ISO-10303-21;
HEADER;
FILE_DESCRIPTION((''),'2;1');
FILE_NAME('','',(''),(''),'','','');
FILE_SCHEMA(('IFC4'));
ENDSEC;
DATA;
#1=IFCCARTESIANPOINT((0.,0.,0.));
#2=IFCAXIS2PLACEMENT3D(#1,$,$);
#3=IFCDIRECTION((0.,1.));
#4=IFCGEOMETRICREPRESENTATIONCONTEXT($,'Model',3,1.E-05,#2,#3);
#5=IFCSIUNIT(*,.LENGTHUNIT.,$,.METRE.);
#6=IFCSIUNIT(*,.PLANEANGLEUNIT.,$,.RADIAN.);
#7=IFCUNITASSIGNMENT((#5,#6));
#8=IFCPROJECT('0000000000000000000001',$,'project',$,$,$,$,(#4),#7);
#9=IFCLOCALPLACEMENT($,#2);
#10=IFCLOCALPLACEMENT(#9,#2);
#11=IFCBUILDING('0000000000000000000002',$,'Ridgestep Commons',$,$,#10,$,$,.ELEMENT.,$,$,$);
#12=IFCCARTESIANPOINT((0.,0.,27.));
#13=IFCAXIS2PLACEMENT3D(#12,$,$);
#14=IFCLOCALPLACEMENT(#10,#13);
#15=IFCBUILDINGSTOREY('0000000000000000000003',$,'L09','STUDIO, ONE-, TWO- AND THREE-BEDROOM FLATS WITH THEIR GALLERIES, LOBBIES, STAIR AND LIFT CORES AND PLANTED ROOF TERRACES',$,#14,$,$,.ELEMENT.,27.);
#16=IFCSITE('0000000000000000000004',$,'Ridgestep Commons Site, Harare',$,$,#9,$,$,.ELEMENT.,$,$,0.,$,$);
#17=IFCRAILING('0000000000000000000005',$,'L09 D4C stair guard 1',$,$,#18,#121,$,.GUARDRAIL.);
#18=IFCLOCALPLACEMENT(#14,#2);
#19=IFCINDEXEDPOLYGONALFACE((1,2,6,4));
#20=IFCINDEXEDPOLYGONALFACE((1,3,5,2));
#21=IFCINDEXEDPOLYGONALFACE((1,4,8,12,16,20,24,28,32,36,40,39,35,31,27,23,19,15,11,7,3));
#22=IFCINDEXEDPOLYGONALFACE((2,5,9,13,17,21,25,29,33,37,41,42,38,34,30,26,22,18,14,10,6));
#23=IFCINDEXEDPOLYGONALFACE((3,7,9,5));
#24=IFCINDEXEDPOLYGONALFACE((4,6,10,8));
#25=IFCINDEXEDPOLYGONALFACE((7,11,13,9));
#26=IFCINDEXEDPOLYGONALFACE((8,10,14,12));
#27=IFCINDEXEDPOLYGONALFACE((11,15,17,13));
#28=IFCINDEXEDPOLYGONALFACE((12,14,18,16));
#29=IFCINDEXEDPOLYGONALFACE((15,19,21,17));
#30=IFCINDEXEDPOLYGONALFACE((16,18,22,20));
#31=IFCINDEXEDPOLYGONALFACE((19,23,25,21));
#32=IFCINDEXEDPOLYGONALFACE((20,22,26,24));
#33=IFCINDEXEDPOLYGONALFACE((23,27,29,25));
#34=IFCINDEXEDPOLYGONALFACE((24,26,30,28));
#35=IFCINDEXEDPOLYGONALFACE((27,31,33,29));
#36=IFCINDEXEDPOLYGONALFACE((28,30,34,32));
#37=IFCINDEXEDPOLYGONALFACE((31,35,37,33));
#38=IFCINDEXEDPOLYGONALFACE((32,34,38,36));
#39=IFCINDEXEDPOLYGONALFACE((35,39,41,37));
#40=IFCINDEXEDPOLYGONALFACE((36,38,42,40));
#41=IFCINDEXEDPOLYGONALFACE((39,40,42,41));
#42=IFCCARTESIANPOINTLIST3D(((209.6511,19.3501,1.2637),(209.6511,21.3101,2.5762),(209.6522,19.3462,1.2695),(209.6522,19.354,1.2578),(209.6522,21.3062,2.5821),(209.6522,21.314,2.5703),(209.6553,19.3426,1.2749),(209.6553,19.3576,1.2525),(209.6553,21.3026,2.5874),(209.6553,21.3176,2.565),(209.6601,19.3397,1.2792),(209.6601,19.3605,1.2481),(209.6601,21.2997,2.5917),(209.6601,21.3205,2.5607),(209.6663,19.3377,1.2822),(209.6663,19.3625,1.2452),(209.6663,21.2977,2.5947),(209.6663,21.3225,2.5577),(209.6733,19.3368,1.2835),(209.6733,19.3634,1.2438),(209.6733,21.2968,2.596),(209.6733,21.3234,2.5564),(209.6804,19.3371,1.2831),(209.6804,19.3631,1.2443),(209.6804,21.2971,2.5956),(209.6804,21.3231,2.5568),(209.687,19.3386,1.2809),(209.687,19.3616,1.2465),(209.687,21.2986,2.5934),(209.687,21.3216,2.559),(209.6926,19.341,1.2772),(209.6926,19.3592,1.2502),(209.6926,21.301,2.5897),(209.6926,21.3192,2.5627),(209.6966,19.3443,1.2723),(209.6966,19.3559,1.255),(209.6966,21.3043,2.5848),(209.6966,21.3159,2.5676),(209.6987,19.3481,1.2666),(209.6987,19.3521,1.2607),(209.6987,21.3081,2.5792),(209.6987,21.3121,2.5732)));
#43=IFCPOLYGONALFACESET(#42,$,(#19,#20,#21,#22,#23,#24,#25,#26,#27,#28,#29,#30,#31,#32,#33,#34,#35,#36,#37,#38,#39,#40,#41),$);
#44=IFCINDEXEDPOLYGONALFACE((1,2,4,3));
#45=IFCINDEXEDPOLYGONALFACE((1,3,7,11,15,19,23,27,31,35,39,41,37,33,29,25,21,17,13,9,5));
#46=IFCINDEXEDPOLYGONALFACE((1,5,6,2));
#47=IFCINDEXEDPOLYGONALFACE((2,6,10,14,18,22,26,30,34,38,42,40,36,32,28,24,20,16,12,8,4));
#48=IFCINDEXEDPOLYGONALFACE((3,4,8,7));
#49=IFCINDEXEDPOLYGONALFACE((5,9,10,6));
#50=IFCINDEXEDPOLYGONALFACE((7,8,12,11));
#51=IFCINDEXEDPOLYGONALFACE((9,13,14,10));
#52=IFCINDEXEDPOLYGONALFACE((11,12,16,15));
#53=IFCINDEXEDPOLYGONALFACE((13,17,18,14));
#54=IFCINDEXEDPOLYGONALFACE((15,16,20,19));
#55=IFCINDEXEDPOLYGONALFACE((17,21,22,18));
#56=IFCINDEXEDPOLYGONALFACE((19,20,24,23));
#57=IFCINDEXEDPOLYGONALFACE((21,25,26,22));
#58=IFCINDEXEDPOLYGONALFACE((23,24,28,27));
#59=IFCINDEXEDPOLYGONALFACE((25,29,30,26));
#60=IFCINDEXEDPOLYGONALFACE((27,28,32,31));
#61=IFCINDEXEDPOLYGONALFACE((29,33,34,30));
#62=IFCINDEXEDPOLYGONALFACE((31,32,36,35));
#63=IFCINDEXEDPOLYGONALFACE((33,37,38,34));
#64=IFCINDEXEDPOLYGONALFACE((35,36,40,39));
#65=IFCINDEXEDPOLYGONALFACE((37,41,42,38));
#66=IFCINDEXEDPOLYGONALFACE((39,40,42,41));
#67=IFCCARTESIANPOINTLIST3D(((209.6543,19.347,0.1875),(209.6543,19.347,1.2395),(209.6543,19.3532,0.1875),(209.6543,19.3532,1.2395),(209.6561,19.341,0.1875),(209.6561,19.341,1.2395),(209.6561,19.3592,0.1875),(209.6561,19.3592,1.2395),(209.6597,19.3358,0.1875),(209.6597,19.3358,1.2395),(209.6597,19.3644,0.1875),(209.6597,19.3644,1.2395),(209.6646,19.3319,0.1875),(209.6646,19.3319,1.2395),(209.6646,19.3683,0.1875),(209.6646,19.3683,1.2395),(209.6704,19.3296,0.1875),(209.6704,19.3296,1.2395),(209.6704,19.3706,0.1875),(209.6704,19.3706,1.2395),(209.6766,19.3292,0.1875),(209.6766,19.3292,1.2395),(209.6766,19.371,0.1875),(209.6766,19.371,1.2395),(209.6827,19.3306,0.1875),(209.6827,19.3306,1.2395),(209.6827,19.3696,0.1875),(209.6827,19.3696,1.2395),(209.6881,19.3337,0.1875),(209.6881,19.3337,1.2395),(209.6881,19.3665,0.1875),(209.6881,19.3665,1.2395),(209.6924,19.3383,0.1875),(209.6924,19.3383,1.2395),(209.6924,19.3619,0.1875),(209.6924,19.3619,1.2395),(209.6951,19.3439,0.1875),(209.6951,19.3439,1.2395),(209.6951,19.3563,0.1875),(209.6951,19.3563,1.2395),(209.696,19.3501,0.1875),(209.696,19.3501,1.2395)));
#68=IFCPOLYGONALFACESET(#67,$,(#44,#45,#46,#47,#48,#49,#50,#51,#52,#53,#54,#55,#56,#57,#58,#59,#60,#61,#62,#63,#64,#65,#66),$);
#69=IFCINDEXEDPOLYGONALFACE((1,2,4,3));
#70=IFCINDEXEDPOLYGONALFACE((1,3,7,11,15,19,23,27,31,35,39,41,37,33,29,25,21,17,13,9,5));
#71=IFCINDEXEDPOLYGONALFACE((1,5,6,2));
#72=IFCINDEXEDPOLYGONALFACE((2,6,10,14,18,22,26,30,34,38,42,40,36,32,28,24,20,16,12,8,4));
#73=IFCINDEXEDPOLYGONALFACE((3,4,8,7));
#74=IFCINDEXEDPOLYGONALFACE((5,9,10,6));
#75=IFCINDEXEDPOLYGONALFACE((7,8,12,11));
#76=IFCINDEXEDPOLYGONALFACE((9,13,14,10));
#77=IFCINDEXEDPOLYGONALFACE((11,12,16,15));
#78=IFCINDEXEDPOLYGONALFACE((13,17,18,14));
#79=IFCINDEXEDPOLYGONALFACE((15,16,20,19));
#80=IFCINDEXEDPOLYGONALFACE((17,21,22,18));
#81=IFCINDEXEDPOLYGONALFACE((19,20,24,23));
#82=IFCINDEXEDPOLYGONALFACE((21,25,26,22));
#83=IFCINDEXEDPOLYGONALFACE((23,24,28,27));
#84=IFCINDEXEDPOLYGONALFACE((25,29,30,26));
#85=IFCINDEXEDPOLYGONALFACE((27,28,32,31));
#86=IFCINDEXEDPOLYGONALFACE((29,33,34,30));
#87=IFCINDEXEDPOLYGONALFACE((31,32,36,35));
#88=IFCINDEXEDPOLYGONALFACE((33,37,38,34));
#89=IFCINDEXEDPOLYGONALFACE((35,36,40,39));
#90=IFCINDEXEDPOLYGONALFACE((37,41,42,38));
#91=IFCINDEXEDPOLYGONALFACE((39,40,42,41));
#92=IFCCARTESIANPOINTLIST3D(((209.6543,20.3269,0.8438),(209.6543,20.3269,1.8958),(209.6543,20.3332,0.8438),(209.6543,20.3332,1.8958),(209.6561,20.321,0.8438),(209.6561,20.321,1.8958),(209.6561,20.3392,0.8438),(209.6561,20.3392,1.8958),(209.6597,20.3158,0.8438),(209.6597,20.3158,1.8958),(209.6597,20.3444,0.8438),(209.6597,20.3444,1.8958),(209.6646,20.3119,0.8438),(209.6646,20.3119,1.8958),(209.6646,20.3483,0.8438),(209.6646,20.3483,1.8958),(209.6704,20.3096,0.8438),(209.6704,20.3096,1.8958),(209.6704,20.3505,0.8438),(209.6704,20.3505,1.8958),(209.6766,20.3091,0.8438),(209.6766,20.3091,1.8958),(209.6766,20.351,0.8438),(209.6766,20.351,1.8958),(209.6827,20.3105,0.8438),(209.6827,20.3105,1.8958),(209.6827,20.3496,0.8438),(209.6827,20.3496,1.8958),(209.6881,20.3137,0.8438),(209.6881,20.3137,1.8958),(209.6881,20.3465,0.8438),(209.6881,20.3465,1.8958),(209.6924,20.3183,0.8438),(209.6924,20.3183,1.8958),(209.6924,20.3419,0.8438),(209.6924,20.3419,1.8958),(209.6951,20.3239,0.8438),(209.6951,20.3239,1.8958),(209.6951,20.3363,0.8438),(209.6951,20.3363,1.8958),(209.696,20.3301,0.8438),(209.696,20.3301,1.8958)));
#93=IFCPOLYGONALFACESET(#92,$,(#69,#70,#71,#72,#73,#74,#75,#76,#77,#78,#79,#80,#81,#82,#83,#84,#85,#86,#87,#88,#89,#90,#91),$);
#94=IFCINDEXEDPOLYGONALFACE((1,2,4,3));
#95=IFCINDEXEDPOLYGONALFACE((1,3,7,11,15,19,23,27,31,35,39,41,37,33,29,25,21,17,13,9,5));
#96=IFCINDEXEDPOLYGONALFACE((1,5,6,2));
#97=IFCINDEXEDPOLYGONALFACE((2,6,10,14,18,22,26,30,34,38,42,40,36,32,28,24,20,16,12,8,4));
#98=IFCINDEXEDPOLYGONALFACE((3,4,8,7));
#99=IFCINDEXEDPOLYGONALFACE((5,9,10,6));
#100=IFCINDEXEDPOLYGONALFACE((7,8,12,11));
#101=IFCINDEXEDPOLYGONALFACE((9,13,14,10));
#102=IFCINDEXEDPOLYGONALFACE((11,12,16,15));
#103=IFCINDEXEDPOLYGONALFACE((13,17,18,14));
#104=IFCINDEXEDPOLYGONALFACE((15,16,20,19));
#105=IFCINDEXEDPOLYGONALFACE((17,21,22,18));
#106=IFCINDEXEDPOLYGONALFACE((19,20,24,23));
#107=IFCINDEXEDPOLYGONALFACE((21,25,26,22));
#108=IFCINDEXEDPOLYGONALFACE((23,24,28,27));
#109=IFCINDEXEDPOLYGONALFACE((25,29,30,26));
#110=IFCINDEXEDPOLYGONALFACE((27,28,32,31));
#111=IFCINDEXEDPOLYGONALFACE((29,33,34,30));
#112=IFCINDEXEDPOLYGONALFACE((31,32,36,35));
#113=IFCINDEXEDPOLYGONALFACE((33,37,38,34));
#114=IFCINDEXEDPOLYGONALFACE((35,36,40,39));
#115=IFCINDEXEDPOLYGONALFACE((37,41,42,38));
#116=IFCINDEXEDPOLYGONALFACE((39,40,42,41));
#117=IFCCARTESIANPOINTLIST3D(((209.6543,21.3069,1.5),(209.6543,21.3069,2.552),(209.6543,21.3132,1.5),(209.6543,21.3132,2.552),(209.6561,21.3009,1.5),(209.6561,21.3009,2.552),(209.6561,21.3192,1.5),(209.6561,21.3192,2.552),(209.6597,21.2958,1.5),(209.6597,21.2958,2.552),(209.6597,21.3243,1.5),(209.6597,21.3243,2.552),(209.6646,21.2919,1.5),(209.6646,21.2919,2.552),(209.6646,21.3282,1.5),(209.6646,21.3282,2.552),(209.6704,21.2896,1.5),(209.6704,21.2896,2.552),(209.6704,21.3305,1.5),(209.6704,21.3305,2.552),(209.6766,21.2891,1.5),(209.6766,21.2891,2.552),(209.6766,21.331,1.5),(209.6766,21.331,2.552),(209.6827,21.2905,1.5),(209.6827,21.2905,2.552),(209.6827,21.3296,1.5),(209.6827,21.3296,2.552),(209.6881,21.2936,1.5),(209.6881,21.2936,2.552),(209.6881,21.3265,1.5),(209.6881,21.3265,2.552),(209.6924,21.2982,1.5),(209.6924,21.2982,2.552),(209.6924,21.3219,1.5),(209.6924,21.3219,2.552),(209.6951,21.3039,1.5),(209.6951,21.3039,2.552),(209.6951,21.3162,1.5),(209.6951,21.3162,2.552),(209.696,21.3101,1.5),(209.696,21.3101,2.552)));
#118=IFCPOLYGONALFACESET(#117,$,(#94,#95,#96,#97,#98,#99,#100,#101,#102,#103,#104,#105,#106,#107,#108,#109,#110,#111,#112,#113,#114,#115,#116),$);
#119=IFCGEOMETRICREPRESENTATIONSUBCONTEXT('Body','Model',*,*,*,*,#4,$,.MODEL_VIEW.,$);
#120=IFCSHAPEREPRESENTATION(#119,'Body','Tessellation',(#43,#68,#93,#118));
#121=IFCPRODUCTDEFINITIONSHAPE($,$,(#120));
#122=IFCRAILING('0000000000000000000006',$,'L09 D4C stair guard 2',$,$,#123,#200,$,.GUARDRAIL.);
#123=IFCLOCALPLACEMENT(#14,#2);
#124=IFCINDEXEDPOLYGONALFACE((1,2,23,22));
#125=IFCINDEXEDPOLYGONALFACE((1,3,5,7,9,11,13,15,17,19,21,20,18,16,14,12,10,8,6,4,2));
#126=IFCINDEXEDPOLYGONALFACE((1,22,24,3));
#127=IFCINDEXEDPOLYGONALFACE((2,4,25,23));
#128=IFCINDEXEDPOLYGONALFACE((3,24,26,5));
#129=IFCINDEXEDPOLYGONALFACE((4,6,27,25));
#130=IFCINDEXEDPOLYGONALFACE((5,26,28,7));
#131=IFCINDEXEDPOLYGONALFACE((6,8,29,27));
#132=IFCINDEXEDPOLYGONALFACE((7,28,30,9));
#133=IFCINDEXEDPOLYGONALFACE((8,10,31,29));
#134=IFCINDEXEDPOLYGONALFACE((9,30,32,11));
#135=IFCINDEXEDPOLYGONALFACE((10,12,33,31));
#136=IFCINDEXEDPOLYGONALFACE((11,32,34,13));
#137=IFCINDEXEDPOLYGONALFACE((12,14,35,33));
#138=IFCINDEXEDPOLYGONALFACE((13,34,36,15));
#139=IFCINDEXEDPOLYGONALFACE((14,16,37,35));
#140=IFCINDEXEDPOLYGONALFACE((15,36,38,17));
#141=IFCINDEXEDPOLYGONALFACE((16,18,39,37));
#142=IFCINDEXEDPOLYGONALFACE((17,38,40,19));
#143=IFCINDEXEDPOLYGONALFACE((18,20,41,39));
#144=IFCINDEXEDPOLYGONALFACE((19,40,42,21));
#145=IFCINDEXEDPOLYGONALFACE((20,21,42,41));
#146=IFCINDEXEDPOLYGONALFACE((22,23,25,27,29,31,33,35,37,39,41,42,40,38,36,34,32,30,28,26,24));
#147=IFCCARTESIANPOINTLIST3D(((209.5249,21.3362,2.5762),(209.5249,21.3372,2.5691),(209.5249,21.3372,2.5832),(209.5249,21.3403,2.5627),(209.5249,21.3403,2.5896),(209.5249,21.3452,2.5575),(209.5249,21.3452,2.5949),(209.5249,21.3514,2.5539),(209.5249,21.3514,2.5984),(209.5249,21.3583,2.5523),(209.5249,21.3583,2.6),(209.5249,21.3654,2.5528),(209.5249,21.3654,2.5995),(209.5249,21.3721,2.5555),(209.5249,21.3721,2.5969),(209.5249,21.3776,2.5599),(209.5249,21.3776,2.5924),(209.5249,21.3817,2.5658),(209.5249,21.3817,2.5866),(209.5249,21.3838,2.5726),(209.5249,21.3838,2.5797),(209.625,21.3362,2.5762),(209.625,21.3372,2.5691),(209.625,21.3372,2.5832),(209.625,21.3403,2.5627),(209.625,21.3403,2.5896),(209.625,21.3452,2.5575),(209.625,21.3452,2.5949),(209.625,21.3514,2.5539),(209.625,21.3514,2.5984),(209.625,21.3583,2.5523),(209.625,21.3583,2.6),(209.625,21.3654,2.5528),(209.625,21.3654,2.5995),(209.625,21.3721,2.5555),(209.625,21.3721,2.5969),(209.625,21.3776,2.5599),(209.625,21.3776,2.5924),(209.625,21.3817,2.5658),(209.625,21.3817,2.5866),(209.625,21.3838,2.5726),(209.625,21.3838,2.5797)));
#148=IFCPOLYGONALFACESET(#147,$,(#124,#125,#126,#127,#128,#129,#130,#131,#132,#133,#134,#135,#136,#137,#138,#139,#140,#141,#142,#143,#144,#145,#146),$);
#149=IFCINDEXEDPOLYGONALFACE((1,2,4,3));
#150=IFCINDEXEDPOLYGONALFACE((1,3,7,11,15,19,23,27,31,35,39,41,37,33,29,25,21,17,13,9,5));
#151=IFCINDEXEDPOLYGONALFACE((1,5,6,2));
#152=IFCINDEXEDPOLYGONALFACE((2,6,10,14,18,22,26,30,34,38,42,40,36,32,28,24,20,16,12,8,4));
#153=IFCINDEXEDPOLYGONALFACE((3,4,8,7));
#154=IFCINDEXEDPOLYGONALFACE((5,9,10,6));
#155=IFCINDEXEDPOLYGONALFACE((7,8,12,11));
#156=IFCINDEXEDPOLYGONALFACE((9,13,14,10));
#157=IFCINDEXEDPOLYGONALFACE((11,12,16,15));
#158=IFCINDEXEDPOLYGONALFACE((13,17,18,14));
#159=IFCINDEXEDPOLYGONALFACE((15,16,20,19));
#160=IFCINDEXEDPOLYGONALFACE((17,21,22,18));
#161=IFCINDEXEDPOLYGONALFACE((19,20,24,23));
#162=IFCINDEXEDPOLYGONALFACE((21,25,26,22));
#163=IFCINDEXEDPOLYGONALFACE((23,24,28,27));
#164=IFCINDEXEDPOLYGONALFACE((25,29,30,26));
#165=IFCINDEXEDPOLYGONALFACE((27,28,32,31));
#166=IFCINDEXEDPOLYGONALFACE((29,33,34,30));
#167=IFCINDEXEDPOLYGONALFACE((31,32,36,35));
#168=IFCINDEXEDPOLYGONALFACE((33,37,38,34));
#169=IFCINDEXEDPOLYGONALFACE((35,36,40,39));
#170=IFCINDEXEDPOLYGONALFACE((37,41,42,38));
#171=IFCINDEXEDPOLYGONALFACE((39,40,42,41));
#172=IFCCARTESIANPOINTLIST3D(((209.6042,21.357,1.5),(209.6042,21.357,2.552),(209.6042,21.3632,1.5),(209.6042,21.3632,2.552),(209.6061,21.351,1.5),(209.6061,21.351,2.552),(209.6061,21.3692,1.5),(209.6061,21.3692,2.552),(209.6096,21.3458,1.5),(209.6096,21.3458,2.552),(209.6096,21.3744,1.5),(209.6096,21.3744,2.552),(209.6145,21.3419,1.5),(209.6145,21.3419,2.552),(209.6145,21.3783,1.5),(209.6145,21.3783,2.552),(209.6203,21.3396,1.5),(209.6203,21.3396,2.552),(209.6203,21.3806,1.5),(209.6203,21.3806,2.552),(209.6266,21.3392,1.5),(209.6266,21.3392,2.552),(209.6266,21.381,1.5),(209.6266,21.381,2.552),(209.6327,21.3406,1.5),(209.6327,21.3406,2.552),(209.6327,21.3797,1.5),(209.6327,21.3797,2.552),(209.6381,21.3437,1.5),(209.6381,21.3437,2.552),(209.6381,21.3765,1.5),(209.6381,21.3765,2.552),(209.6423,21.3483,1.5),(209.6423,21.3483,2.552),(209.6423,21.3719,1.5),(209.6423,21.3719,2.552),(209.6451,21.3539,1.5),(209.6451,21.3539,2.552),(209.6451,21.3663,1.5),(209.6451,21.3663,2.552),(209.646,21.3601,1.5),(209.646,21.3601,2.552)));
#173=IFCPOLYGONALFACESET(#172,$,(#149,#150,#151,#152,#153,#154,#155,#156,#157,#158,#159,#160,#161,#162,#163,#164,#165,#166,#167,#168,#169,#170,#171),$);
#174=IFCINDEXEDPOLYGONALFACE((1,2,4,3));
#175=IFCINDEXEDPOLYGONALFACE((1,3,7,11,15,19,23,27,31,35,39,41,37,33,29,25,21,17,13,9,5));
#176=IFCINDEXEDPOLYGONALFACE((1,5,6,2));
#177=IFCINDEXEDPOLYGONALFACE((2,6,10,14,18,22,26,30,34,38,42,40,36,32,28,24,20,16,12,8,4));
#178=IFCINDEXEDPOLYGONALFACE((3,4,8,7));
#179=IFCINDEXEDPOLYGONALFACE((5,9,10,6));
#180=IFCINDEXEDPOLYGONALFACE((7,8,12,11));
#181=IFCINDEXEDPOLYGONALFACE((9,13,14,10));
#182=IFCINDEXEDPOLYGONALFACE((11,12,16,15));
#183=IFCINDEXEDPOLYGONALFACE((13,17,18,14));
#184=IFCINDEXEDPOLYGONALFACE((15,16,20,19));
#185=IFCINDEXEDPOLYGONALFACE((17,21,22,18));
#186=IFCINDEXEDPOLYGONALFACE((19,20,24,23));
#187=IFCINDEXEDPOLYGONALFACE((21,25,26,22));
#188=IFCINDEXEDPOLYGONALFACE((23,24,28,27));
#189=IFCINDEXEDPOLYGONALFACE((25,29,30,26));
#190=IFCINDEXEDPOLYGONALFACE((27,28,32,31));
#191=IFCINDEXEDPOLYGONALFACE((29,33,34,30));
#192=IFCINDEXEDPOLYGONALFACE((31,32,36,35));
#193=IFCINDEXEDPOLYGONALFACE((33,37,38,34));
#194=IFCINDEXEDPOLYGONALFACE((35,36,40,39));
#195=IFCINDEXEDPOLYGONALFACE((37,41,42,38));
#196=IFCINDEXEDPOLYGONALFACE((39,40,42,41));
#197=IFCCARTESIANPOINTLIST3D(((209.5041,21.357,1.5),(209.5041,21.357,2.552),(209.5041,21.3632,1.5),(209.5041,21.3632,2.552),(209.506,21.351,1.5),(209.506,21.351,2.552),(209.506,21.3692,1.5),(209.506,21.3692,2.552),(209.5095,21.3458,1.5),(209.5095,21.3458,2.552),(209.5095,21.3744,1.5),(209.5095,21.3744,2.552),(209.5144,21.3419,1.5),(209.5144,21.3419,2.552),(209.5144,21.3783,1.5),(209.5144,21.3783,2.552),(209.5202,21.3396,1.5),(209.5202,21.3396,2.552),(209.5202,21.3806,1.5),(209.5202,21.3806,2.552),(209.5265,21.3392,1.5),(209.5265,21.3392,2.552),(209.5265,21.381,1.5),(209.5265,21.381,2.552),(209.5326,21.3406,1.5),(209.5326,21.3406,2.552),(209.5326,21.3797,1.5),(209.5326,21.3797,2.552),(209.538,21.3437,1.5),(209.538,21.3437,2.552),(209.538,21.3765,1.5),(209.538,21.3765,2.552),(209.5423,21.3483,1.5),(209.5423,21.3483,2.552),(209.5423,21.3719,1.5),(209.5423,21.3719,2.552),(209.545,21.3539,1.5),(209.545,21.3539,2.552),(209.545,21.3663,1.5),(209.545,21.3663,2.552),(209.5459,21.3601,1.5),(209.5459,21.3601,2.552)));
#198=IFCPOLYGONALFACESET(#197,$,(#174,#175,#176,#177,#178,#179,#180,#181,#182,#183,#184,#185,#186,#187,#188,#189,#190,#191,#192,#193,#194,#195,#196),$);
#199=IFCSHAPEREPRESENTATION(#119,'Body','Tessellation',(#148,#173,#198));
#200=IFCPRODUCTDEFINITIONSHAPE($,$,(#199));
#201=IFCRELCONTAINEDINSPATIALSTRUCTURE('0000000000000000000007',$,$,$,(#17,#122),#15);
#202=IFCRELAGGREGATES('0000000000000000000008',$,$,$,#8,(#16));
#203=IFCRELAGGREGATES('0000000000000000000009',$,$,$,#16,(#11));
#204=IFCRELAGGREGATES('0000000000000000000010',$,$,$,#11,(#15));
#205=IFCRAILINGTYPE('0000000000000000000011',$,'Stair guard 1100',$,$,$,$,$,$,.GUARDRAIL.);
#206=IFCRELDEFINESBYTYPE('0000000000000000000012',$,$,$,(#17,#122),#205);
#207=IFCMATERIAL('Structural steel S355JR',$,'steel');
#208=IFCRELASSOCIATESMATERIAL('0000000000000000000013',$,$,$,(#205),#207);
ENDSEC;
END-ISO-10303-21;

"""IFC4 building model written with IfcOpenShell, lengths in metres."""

from ifc_helpers import new_model, si_unit, direction, frame, origin, origin_2d, place, context, subcontext, project, spatial, circle, extrude, material, type_object, element, save


model = new_model("IFC4")

# Units and contexts
model_context = context("Model", 3, precision=1e-05, world=origin(), true_north=direction((0.0, 1.0)))
body_context = subcontext(model_context, "Body", "Model", "MODEL_VIEW")
ifc_project = project(units=[si_unit("LENGTHUNIT", "METRE"), si_unit("PLANEANGLEUNIT", "RADIAN")], contexts=[model_context])

# Site, building, storey
site_placement = place(None, origin())
site = spatial("IfcSite", under=ifc_project, at=site_placement, Name="Ridgestep Commons Site, Harare", CompositionType="ELEMENT", RefElevation=0.0)
building_placement = place(site_placement, origin())
building = spatial("IfcBuilding", under=site, at=building_placement, Name="Ridgestep Commons", CompositionType="ELEMENT")
storey_placement = place(building_placement, frame((0.0, 0.0, 27.0)))
storey = spatial("IfcBuildingStorey", under=building, at=storey_placement, Name="L09", Description="STUDIO, ONE-, TWO- AND THREE-BEDROOM FLATS WITH THEIR GALLERIES, LOBBIES, STAIR AND LIFT CORES AND PLANTED ROOF TERRACES", CompositionType="ELEMENT", Elevation=27.0)

# Railings
ifc_material_1 = material(Name="Structural steel S355JR", Category="steel")
railing_type_1 = type_object("IfcRailingType", Name="Stair guard 1100", PredefinedType="GUARDRAIL", material=ifc_material_1)
railing_1_placement = place(storey_placement, frame((209.675, 19.3501, 0.1875)))
element("IfcRailing", 1, at=railing_1_placement, inside=storey, type_object=railing_type_1, Name="L09 D4C stair guard 1", PredefinedType="GUARDRAIL", context=body_context, shape_type="SweptSolid", body=[
    extrude(circle(Radius=0.0239, at=origin_2d()), frame((0.0, 0.0, 1.0762), z_axis=(0.0, 0.830902, 0.556419), x_axis=(-1.0, 0.0, 0.0)), (0.0, 0.0, 1.0), 2.3589),
    extrude(circle(Radius=0.021, at=origin_2d()), origin(), (0.0, 0.0, 1.0), 1.052),
    extrude(circle(Radius=0.021, at=origin_2d()), frame((0.0, 0.98, 0.6562)), (0.0, 0.0, 1.0), 1.052),
    extrude(circle(Radius=0.021, at=origin_2d()), frame((0.0, 1.96, 1.3125)), (0.0, 0.0, 1.0), 1.052),
])
railing_2_placement = place(storey_placement, frame((209.625, 21.3601, 1.5)))
element("IfcRailing", 2, at=railing_2_placement, inside=storey, type_object=railing_type_1, Name="L09 D4C stair guard 2", PredefinedType="GUARDRAIL", context=body_context, shape_type="SweptSolid", body=[
    extrude(circle(Radius=0.0239, at=origin_2d()), frame((0.0, 0.0, 1.0762), z_axis=(-1.0, 0.0, 0.0), x_axis=(0.0, -1.0, 0.0)), (0.0, 0.0, 1.0), 0.1001),
    extrude(circle(Radius=0.021, at=origin_2d()), origin(), (0.0, 0.0, 1.0), 1.052),
    extrude(circle(Radius=0.021, at=origin_2d()), frame((-0.1001, 0.0, 0.0)), (0.0, 0.0, 1.0), 1.052),
])

save(model, "model.ifc")
